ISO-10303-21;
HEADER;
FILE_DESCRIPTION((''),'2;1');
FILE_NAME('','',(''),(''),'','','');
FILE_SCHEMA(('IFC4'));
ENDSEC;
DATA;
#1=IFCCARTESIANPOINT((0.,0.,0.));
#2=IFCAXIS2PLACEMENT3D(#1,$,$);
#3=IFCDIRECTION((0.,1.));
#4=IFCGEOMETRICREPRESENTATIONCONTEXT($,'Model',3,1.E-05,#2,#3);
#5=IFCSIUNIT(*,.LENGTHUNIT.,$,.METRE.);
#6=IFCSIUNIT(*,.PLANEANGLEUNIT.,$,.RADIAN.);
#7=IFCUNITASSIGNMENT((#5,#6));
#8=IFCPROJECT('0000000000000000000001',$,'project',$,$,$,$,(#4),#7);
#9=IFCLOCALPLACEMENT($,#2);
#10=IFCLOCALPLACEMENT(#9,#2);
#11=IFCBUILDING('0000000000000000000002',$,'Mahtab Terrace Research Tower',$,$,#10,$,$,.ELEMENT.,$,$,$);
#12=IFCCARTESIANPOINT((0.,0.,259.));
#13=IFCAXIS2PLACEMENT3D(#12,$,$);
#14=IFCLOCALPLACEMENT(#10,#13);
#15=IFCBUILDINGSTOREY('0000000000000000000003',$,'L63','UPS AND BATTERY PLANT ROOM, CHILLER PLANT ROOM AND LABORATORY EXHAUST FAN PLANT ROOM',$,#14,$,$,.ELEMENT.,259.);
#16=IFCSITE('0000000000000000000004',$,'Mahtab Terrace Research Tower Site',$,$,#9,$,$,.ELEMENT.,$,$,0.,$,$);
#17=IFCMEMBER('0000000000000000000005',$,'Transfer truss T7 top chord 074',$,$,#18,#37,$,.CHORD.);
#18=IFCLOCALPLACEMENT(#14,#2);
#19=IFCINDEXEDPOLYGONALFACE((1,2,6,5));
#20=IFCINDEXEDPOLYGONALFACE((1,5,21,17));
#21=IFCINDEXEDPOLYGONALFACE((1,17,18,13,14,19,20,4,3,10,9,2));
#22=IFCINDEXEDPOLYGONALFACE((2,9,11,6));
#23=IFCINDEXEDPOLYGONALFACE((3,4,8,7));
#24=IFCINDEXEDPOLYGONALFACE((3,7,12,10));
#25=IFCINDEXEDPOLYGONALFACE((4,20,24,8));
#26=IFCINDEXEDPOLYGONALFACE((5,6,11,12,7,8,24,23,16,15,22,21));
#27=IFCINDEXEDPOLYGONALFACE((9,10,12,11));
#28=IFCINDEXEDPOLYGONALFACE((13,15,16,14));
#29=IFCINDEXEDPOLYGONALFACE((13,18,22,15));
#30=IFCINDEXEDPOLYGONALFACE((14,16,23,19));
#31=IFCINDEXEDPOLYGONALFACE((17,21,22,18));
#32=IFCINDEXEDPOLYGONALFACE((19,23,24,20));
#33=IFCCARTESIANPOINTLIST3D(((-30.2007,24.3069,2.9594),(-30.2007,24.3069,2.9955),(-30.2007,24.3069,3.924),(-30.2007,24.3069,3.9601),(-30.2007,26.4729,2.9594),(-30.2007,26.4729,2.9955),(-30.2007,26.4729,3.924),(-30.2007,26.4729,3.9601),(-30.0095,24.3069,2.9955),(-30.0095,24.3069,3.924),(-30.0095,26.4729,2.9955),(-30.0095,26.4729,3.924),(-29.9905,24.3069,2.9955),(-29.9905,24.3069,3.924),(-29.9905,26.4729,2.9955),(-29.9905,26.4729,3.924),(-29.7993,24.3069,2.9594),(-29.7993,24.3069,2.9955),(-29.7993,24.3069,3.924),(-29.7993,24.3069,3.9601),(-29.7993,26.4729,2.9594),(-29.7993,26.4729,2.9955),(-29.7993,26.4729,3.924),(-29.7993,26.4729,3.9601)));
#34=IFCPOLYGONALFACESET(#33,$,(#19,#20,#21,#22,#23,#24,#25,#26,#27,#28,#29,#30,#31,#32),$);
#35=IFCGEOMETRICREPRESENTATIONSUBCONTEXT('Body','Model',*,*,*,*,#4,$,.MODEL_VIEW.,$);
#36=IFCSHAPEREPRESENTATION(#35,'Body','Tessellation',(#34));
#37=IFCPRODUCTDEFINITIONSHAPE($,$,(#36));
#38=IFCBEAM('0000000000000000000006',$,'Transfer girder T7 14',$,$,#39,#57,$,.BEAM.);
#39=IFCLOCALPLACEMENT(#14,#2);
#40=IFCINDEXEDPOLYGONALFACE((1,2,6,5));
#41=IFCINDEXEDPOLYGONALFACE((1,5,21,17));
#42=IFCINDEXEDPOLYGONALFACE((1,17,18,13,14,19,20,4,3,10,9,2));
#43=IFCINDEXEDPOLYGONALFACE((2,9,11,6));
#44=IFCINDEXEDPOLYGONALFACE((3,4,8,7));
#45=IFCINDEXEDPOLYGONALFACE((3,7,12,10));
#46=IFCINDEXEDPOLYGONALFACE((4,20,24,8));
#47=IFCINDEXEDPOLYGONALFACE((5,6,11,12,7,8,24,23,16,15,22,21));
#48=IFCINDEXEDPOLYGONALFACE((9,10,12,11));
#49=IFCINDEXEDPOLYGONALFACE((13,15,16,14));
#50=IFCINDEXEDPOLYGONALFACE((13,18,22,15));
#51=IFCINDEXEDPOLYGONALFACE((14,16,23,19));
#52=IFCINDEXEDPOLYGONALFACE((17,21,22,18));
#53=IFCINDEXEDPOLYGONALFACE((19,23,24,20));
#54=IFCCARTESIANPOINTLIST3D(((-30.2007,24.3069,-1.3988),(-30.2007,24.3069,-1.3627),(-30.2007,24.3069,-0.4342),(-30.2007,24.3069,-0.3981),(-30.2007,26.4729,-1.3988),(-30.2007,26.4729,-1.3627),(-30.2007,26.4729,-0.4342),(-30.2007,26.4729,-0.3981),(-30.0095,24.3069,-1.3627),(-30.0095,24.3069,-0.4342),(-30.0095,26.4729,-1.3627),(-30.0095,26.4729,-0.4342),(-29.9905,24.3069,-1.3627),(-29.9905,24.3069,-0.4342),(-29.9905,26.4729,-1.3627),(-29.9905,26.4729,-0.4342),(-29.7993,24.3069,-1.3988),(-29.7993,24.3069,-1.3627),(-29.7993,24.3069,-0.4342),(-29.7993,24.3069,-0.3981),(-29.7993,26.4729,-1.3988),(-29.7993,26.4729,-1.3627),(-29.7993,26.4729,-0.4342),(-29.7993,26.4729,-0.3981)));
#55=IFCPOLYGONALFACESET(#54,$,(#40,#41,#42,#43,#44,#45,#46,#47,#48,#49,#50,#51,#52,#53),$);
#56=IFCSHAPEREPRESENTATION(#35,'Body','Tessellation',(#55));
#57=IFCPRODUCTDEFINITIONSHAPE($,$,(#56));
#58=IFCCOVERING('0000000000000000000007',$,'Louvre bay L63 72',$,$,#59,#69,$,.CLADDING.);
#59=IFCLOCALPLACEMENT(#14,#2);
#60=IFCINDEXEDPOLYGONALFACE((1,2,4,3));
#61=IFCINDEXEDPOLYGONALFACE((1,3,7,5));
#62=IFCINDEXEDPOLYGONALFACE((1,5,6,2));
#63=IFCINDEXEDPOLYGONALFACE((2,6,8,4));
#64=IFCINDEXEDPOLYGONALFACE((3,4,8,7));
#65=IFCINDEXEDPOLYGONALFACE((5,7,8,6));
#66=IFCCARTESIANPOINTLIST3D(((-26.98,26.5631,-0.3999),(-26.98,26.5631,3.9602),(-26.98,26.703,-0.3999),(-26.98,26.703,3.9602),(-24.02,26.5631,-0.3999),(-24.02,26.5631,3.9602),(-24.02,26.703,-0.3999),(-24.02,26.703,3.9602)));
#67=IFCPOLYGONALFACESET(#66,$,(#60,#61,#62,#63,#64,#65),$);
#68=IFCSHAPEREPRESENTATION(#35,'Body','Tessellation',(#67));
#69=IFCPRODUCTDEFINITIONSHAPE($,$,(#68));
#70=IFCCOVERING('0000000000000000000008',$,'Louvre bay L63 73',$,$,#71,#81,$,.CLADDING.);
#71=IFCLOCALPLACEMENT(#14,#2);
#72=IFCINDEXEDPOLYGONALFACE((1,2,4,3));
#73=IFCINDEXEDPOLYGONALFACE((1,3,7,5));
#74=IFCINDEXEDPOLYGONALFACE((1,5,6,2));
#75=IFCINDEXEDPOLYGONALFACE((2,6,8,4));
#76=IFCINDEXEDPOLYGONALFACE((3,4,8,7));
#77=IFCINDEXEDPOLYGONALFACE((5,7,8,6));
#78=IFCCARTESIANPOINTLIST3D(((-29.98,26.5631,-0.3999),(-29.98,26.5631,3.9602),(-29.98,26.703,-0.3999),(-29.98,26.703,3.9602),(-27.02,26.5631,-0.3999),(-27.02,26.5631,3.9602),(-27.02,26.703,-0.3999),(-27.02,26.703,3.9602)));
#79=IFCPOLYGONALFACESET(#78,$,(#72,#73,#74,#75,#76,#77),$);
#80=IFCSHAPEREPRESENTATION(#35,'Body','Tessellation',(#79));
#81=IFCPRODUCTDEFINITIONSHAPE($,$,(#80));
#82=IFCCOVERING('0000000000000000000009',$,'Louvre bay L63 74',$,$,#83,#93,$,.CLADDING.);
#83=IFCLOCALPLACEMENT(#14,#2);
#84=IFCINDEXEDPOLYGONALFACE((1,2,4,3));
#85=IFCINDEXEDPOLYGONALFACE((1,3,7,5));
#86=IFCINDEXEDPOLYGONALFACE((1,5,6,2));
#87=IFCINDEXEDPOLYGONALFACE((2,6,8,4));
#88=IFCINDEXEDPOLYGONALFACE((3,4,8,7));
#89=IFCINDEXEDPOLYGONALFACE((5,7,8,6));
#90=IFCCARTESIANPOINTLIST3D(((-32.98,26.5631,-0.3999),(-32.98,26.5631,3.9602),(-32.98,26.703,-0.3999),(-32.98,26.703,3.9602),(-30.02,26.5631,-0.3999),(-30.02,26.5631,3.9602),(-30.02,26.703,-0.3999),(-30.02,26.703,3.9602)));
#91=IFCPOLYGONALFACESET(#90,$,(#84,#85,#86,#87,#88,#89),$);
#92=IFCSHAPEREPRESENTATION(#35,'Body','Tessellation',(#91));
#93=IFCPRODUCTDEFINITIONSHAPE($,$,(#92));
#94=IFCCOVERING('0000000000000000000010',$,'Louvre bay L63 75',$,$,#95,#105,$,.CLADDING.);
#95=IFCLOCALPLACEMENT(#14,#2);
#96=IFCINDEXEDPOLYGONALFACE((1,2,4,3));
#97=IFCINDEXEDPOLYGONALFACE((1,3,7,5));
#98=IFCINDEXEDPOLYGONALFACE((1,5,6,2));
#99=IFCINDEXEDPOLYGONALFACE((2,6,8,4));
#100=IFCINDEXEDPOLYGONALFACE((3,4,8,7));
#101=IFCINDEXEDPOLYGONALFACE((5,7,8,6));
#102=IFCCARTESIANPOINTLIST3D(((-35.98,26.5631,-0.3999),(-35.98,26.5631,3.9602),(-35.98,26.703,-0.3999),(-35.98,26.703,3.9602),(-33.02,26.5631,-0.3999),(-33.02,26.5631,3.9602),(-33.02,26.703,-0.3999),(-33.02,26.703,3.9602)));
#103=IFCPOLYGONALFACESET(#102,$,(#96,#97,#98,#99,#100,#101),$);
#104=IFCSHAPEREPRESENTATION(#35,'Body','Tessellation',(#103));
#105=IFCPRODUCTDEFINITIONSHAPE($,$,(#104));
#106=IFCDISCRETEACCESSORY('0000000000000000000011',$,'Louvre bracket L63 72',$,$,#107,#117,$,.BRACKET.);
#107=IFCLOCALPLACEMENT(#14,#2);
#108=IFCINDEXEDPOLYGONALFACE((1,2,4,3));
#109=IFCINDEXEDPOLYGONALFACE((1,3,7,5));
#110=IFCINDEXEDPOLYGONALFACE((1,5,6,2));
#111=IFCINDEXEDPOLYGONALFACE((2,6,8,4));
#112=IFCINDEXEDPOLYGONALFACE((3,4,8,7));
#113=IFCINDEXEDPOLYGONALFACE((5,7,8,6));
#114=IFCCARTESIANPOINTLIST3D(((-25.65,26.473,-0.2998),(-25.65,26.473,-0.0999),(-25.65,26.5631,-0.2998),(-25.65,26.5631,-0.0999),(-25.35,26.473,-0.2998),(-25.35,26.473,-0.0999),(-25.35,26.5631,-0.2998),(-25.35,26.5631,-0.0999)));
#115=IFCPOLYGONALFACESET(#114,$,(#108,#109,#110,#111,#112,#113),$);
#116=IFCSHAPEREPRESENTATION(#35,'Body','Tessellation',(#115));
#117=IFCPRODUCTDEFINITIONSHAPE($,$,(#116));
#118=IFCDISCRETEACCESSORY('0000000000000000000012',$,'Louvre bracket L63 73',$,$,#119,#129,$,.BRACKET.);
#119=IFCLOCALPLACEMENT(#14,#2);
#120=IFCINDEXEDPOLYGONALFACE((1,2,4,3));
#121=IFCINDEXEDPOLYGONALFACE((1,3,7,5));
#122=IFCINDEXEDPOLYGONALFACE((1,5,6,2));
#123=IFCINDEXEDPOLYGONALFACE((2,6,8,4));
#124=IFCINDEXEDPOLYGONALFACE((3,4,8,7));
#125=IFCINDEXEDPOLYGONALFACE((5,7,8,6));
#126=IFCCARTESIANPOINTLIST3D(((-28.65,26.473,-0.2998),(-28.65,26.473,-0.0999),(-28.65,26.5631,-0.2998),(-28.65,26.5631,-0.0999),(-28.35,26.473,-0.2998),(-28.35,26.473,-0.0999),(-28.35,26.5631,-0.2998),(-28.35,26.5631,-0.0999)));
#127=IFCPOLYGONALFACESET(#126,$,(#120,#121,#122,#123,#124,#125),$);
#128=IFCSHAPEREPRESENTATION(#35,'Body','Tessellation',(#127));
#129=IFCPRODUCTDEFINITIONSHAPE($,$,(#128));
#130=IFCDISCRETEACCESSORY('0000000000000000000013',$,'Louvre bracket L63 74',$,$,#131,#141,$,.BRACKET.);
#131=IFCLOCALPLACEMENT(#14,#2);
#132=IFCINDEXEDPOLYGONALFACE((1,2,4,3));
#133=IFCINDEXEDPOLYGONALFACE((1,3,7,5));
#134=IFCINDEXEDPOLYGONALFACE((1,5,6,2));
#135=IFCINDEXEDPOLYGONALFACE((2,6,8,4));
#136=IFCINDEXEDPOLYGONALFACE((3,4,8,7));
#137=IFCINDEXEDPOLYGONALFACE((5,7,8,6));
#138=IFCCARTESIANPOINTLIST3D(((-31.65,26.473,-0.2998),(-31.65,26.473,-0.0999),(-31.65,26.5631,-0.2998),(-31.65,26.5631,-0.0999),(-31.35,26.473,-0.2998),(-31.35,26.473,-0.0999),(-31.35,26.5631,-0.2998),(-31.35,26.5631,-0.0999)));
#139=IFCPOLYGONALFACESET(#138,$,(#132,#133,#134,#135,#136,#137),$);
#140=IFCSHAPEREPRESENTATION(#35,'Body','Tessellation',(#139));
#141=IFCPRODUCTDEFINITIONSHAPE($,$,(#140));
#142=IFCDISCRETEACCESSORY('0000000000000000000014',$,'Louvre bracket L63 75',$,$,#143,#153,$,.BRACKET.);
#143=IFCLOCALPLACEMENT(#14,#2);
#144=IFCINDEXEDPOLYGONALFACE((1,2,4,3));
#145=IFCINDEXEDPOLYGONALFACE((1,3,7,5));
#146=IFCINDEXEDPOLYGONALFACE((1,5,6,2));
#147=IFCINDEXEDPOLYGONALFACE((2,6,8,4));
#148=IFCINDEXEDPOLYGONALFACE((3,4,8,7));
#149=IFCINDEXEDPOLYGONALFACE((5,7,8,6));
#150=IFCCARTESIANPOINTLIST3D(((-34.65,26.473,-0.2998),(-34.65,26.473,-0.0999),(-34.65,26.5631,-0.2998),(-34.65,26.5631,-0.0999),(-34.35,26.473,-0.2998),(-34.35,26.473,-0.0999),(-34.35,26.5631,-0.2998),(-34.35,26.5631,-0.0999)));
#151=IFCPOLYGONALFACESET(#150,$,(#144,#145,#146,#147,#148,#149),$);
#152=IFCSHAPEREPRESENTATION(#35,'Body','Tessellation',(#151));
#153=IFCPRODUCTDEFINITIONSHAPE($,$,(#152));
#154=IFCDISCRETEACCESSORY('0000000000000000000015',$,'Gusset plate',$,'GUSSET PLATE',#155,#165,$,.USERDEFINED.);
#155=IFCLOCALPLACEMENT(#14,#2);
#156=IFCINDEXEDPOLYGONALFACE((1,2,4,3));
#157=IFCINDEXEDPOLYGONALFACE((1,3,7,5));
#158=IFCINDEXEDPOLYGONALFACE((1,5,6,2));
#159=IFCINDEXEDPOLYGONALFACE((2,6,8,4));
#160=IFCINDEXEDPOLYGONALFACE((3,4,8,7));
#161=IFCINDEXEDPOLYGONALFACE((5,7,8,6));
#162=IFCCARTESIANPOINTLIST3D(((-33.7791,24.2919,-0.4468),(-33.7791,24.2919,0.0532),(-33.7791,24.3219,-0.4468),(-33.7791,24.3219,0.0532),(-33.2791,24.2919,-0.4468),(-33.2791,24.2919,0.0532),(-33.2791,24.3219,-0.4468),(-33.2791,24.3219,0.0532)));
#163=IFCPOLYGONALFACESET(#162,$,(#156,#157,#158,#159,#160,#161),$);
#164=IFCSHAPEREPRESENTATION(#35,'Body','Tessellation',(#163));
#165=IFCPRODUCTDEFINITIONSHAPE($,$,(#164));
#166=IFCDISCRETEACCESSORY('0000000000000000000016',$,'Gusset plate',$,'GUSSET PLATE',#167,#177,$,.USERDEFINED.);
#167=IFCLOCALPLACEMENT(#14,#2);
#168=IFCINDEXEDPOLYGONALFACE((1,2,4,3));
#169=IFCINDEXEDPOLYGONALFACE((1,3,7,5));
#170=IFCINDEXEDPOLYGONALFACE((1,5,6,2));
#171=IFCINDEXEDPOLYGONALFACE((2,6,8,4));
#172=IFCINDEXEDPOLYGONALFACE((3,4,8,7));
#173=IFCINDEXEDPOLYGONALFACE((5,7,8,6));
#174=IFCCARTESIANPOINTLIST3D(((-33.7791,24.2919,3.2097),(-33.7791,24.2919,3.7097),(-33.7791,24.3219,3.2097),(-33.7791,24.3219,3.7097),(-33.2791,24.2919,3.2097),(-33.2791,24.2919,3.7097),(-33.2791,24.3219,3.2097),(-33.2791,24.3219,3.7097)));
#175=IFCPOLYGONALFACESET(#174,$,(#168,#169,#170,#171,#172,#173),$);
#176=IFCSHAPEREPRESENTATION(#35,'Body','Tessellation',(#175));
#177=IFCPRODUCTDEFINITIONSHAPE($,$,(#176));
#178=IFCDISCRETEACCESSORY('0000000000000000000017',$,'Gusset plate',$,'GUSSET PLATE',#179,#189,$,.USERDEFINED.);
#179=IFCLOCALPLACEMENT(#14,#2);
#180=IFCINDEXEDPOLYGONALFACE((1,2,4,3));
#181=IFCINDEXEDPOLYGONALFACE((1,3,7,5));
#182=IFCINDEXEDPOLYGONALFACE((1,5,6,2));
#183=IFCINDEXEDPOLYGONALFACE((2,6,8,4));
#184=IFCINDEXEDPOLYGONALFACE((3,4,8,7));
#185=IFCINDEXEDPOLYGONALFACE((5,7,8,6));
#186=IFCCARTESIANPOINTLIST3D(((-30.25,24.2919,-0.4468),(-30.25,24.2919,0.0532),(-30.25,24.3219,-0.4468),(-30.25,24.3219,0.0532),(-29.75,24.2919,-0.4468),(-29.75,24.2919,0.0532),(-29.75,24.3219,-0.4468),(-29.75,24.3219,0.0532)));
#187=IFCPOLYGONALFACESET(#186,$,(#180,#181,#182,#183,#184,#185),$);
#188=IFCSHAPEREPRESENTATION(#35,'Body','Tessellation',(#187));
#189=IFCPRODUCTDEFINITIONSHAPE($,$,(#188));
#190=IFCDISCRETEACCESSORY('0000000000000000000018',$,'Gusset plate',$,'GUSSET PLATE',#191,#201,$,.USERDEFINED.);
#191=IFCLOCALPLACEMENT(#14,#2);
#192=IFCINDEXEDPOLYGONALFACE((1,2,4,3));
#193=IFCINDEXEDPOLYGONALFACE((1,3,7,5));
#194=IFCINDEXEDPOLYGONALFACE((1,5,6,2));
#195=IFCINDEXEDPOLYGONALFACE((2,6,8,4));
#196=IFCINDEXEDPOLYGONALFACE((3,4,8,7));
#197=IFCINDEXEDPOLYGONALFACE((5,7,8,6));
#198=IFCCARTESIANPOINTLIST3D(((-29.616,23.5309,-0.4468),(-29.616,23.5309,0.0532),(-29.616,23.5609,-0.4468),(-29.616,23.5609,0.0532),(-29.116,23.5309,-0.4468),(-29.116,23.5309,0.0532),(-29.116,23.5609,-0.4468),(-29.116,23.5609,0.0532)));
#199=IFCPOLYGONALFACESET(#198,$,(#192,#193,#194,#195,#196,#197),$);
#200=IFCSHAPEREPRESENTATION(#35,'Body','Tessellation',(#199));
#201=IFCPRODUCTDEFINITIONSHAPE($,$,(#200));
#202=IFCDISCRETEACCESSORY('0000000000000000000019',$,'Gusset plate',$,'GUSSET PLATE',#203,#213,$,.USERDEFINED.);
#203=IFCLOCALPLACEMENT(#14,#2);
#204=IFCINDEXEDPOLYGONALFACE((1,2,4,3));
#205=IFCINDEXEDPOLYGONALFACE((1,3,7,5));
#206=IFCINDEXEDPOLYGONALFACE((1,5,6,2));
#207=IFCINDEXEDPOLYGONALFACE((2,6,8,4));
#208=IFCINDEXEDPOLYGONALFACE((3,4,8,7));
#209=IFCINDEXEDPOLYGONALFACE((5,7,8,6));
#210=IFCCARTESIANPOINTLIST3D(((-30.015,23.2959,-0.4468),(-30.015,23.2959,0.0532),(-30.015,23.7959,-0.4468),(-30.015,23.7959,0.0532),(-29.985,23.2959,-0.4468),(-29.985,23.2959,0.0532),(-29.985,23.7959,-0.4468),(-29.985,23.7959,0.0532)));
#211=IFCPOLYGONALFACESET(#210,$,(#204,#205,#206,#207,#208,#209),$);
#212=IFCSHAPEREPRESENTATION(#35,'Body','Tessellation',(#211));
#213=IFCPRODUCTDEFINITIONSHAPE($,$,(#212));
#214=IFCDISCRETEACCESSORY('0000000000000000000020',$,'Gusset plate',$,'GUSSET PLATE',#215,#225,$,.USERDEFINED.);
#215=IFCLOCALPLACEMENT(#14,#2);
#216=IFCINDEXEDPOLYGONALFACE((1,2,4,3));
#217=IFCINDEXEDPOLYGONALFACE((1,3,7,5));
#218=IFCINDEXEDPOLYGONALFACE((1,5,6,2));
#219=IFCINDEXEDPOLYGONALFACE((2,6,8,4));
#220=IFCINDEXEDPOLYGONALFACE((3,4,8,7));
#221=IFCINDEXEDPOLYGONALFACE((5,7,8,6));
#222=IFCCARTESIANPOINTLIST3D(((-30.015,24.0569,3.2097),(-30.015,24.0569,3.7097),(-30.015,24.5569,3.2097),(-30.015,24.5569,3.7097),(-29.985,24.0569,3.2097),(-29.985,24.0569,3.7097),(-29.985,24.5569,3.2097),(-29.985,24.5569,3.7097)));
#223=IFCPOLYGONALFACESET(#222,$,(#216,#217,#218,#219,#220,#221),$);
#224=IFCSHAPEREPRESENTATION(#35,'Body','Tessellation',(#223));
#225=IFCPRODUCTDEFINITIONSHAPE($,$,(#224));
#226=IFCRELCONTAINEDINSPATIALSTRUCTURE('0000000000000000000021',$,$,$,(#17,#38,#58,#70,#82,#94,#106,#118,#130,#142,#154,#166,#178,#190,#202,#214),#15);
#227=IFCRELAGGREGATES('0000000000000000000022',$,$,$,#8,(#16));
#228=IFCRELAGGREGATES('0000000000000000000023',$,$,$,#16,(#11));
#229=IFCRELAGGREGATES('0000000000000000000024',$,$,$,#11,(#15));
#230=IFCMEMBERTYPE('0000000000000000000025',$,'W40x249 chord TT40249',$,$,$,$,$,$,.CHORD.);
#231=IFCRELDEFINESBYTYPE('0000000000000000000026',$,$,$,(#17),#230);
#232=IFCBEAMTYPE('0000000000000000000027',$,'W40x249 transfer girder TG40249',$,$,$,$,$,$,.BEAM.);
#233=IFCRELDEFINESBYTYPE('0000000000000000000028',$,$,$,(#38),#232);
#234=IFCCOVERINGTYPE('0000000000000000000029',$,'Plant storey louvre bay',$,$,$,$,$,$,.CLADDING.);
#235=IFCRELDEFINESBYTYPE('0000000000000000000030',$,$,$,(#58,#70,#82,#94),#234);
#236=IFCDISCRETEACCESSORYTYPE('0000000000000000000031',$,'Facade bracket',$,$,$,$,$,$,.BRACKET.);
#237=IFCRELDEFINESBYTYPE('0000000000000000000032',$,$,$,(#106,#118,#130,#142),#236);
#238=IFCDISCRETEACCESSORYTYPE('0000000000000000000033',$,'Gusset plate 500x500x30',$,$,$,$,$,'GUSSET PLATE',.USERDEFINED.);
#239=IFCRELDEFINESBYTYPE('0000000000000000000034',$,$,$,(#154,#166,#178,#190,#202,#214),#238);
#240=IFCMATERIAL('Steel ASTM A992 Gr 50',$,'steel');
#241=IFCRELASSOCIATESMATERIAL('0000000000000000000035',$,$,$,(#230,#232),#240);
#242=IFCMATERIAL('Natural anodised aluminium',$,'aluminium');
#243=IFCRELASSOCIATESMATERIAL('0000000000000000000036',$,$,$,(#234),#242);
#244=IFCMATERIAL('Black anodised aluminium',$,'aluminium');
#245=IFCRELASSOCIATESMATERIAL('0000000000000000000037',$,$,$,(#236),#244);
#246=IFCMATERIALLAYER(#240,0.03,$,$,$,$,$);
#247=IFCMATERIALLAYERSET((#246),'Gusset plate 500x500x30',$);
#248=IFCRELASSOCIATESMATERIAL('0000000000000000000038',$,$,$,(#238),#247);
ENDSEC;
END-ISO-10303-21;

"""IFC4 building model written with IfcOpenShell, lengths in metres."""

from ifc_helpers import new_model, si_unit, direction, frame, origin, origin_2d, place, context, subcontext, project, spatial, rectangle, i_section, extrude, material, layer, layer_set, material_profile, profile_set, type_object, element, save


model = new_model("IFC4")

# Units and contexts
model_context = context("Model", 3, precision=1e-05, world=origin(), true_north=direction((0.0, 1.0)))
body_context = subcontext(model_context, "Body", "Model", "MODEL_VIEW")
ifc_project = project(units=[si_unit("LENGTHUNIT", "METRE"), si_unit("PLANEANGLEUNIT", "RADIAN")], contexts=[model_context])

# Site, building, storey
site_placement = place(None, origin())
site = spatial("IfcSite", under=ifc_project, at=site_placement, Name="Mahtab Terrace Research Tower Site", CompositionType="ELEMENT", RefElevation=0.0)
building_placement = place(site_placement, origin())
building = spatial("IfcBuilding", under=site, at=building_placement, Name="Mahtab Terrace Research Tower", CompositionType="ELEMENT")
storey_placement = place(building_placement, frame((0.0, 0.0, 259.0)))
storey = spatial("IfcBuildingStorey", under=building, at=storey_placement, Name="L63", Description="UPS AND BATTERY PLANT ROOM, CHILLER PLANT ROOM AND LABORATORY EXHAUST FAN PLANT ROOM", CompositionType="ELEMENT", Elevation=259.0)

# Shared definitions
ifc_material_1 = material(Name="Steel ASTM A992 Gr 50", Category="steel")

# Member
ifc_material_profile_1 = material_profile(ifc_material_1, i_section(OverallWidth=0.4014, OverallDepth=1.0007, WebThickness=0.019, FlangeThickness=0.0361, at=origin_2d()), Name="W40X249")
ifc_profile_set_1 = profile_set([ifc_material_profile_1], Name="Steel ASTM A992 Gr 50")
member_type_1 = type_object("IfcMemberType", Name="W40x249 chord TT40249", PredefinedType="CHORD", material=ifc_profile_set_1)
member_1_placement = place(storey_placement, frame((-30.0, 24.3069, 3.4597), z_axis=(0.0, 1.0, 0.0), x_axis=(-1.0, 0.0, 0.0)))
element("IfcMember", 1, at=member_1_placement, inside=storey, type_object=member_type_1, Name="Transfer truss T7 top chord 074", PredefinedType="CHORD", context=body_context, shape_type="SweptSolid", body=[
    extrude(i_section(OverallWidth=0.4014, OverallDepth=1.0007, WebThickness=0.019, FlangeThickness=0.0361, at=origin_2d()), origin(), (0.0, 0.0, 1.0), 2.166),
])

# Beam
ifc_material_profile_2 = material_profile(ifc_material_1, i_section(OverallWidth=0.4014, OverallDepth=1.0007, WebThickness=0.019, FlangeThickness=0.0361, at=origin_2d()), Name="W40X249")
ifc_profile_set_2 = profile_set([ifc_material_profile_2], Name="Steel ASTM A992 Gr 50")
beam_type = type_object("IfcBeamType", Name="W40x249 transfer girder TG40249", PredefinedType="BEAM", material=ifc_profile_set_2)
beam_placement = place(storey_placement, frame((-30.0, 24.3069, -0.8984), z_axis=(0.0, 1.0, 0.0), x_axis=(-1.0, 0.0, 0.0)))
element("IfcBeam", 2, at=beam_placement, inside=storey, type_object=beam_type, Name="Transfer girder T7 14", PredefinedType="BEAM", context=body_context, shape_type="SweptSolid", body=[
    extrude(i_section(OverallWidth=0.4014, OverallDepth=1.0007, WebThickness=0.019, FlangeThickness=0.0361, at=origin_2d()), origin(), (0.0, 0.0, 1.0), 2.166),
])

# Coverings
ifc_material_2 = material(Name="Natural anodised aluminium", Category="aluminium")
covering_type = type_object("IfcCoveringType", Name="Plant storey louvre bay", PredefinedType="CLADDING", material=ifc_material_2)
for number, where, z_axis, x_axis, name in (
    (3, (-25.5, 26.6331, -0.3999), (0.0, 0.0, 1.0), (-1.0, 0.0, 0.0), "Louvre bay L63 72"),
    (4, (-28.5, 26.6331, -0.3999), (0.0, 0.0, 1.0), (-1.0, 0.0, 0.0), "Louvre bay L63 73"),
    (5, (-31.5, 26.6331, -0.3999), (0.0, 0.0, 1.0), (-1.0, 0.0, 0.0), "Louvre bay L63 74"),
    (6, (-34.5, 26.6331, -0.3999), (0.0, 0.0, 1.0), (-1.0, 0.0, 0.0), "Louvre bay L63 75"),
):
    element("IfcCovering", number, at=place(storey_placement, frame(where, z_axis=z_axis, x_axis=x_axis)), inside=storey, type_object=covering_type, Name=name, PredefinedType="CLADDING", context=body_context, shape_type="SweptSolid", body=[
        extrude(rectangle(XDim=2.96, YDim=0.1399, at=origin_2d()), origin(), (0.0, 0.0, 1.0), 4.3601),
    ])

# Discrete accessories
ifc_material_3 = material(Name="Black anodised aluminium", Category="aluminium")
discrete_accessory_type_1 = type_object("IfcDiscreteAccessoryType", Name="Facade bracket", PredefinedType="BRACKET", material=ifc_material_3)
for number, where, z_axis, x_axis, name in (
    (7, (-25.5, 26.5181, -0.2998), (0.0, 0.0, 1.0), (-1.0, 0.0, 0.0), "Louvre bracket L63 72"),
    (8, (-28.5, 26.5181, -0.2998), (0.0, 0.0, 1.0), (-1.0, 0.0, 0.0), "Louvre bracket L63 73"),
    (9, (-31.5, 26.5181, -0.2998), (0.0, 0.0, 1.0), (-1.0, 0.0, 0.0), "Louvre bracket L63 74"),
    (10, (-34.5, 26.5181, -0.2998), (0.0, 0.0, 1.0), (-1.0, 0.0, 0.0), "Louvre bracket L63 75"),
):
    element("IfcDiscreteAccessory", number, at=place(storey_placement, frame(where, z_axis=z_axis, x_axis=x_axis)), inside=storey, type_object=discrete_accessory_type_1, Name=name, PredefinedType="BRACKET", context=body_context, shape_type="SweptSolid", body=[
        extrude(rectangle(XDim=0.3, YDim=0.0901, at=origin_2d()), origin(), (0.0, 0.0, 1.0), 0.2),
    ])
ifc_layer = layer(ifc_material_1, 0.03)
ifc_layer_set = layer_set([ifc_layer], Name="Gusset plate 500x500x30")
discrete_accessory_type_2 = type_object("IfcDiscreteAccessoryType", Name="Gusset plate 500x500x30", ElementType="GUSSET PLATE", PredefinedType="USERDEFINED", material=ifc_layer_set)
for number, where, z_axis, x_axis, name in (
    (11, (-33.5291, 24.3069, -0.4468), (0.0, 0.0, 1.0), (1.0, 0.0, 0.0), "Gusset plate"),
    (12, (-33.5291, 24.3069, 3.2097), (0.0, 0.0, 1.0), (1.0, 0.0, 0.0), "Gusset plate"),
    (13, (-30.0, 24.3069, -0.4468), (0.0, 0.0, 1.0), (1.0, 0.0, 0.0), "Gusset plate"),
    (14, (-29.366, 23.5459, -0.4468), (0.0, 0.0, 1.0), (1.0, 0.0, 0.0), "Gusset plate"),
    (15, (-30.0, 23.5459, -0.4468), (0.0, 0.0, 1.0), (0.0, 1.0, 0.0), "Gusset plate"),
    (16, (-30.0, 24.3069, 3.2097), (0.0, 0.0, 1.0), (0.0, 1.0, 0.0), "Gusset plate"),
):
    element("IfcDiscreteAccessory", number, at=place(storey_placement, frame(where, z_axis=z_axis, x_axis=x_axis)), inside=storey, type_object=discrete_accessory_type_2, Name=name, ObjectType="GUSSET PLATE", PredefinedType="USERDEFINED", context=body_context, shape_type="SweptSolid", body=[
        extrude(rectangle(XDim=0.5, YDim=0.03, at=origin_2d()), origin(), (0.0, 0.0, 1.0), 0.5),
    ])

save(model, "model.ifc")
